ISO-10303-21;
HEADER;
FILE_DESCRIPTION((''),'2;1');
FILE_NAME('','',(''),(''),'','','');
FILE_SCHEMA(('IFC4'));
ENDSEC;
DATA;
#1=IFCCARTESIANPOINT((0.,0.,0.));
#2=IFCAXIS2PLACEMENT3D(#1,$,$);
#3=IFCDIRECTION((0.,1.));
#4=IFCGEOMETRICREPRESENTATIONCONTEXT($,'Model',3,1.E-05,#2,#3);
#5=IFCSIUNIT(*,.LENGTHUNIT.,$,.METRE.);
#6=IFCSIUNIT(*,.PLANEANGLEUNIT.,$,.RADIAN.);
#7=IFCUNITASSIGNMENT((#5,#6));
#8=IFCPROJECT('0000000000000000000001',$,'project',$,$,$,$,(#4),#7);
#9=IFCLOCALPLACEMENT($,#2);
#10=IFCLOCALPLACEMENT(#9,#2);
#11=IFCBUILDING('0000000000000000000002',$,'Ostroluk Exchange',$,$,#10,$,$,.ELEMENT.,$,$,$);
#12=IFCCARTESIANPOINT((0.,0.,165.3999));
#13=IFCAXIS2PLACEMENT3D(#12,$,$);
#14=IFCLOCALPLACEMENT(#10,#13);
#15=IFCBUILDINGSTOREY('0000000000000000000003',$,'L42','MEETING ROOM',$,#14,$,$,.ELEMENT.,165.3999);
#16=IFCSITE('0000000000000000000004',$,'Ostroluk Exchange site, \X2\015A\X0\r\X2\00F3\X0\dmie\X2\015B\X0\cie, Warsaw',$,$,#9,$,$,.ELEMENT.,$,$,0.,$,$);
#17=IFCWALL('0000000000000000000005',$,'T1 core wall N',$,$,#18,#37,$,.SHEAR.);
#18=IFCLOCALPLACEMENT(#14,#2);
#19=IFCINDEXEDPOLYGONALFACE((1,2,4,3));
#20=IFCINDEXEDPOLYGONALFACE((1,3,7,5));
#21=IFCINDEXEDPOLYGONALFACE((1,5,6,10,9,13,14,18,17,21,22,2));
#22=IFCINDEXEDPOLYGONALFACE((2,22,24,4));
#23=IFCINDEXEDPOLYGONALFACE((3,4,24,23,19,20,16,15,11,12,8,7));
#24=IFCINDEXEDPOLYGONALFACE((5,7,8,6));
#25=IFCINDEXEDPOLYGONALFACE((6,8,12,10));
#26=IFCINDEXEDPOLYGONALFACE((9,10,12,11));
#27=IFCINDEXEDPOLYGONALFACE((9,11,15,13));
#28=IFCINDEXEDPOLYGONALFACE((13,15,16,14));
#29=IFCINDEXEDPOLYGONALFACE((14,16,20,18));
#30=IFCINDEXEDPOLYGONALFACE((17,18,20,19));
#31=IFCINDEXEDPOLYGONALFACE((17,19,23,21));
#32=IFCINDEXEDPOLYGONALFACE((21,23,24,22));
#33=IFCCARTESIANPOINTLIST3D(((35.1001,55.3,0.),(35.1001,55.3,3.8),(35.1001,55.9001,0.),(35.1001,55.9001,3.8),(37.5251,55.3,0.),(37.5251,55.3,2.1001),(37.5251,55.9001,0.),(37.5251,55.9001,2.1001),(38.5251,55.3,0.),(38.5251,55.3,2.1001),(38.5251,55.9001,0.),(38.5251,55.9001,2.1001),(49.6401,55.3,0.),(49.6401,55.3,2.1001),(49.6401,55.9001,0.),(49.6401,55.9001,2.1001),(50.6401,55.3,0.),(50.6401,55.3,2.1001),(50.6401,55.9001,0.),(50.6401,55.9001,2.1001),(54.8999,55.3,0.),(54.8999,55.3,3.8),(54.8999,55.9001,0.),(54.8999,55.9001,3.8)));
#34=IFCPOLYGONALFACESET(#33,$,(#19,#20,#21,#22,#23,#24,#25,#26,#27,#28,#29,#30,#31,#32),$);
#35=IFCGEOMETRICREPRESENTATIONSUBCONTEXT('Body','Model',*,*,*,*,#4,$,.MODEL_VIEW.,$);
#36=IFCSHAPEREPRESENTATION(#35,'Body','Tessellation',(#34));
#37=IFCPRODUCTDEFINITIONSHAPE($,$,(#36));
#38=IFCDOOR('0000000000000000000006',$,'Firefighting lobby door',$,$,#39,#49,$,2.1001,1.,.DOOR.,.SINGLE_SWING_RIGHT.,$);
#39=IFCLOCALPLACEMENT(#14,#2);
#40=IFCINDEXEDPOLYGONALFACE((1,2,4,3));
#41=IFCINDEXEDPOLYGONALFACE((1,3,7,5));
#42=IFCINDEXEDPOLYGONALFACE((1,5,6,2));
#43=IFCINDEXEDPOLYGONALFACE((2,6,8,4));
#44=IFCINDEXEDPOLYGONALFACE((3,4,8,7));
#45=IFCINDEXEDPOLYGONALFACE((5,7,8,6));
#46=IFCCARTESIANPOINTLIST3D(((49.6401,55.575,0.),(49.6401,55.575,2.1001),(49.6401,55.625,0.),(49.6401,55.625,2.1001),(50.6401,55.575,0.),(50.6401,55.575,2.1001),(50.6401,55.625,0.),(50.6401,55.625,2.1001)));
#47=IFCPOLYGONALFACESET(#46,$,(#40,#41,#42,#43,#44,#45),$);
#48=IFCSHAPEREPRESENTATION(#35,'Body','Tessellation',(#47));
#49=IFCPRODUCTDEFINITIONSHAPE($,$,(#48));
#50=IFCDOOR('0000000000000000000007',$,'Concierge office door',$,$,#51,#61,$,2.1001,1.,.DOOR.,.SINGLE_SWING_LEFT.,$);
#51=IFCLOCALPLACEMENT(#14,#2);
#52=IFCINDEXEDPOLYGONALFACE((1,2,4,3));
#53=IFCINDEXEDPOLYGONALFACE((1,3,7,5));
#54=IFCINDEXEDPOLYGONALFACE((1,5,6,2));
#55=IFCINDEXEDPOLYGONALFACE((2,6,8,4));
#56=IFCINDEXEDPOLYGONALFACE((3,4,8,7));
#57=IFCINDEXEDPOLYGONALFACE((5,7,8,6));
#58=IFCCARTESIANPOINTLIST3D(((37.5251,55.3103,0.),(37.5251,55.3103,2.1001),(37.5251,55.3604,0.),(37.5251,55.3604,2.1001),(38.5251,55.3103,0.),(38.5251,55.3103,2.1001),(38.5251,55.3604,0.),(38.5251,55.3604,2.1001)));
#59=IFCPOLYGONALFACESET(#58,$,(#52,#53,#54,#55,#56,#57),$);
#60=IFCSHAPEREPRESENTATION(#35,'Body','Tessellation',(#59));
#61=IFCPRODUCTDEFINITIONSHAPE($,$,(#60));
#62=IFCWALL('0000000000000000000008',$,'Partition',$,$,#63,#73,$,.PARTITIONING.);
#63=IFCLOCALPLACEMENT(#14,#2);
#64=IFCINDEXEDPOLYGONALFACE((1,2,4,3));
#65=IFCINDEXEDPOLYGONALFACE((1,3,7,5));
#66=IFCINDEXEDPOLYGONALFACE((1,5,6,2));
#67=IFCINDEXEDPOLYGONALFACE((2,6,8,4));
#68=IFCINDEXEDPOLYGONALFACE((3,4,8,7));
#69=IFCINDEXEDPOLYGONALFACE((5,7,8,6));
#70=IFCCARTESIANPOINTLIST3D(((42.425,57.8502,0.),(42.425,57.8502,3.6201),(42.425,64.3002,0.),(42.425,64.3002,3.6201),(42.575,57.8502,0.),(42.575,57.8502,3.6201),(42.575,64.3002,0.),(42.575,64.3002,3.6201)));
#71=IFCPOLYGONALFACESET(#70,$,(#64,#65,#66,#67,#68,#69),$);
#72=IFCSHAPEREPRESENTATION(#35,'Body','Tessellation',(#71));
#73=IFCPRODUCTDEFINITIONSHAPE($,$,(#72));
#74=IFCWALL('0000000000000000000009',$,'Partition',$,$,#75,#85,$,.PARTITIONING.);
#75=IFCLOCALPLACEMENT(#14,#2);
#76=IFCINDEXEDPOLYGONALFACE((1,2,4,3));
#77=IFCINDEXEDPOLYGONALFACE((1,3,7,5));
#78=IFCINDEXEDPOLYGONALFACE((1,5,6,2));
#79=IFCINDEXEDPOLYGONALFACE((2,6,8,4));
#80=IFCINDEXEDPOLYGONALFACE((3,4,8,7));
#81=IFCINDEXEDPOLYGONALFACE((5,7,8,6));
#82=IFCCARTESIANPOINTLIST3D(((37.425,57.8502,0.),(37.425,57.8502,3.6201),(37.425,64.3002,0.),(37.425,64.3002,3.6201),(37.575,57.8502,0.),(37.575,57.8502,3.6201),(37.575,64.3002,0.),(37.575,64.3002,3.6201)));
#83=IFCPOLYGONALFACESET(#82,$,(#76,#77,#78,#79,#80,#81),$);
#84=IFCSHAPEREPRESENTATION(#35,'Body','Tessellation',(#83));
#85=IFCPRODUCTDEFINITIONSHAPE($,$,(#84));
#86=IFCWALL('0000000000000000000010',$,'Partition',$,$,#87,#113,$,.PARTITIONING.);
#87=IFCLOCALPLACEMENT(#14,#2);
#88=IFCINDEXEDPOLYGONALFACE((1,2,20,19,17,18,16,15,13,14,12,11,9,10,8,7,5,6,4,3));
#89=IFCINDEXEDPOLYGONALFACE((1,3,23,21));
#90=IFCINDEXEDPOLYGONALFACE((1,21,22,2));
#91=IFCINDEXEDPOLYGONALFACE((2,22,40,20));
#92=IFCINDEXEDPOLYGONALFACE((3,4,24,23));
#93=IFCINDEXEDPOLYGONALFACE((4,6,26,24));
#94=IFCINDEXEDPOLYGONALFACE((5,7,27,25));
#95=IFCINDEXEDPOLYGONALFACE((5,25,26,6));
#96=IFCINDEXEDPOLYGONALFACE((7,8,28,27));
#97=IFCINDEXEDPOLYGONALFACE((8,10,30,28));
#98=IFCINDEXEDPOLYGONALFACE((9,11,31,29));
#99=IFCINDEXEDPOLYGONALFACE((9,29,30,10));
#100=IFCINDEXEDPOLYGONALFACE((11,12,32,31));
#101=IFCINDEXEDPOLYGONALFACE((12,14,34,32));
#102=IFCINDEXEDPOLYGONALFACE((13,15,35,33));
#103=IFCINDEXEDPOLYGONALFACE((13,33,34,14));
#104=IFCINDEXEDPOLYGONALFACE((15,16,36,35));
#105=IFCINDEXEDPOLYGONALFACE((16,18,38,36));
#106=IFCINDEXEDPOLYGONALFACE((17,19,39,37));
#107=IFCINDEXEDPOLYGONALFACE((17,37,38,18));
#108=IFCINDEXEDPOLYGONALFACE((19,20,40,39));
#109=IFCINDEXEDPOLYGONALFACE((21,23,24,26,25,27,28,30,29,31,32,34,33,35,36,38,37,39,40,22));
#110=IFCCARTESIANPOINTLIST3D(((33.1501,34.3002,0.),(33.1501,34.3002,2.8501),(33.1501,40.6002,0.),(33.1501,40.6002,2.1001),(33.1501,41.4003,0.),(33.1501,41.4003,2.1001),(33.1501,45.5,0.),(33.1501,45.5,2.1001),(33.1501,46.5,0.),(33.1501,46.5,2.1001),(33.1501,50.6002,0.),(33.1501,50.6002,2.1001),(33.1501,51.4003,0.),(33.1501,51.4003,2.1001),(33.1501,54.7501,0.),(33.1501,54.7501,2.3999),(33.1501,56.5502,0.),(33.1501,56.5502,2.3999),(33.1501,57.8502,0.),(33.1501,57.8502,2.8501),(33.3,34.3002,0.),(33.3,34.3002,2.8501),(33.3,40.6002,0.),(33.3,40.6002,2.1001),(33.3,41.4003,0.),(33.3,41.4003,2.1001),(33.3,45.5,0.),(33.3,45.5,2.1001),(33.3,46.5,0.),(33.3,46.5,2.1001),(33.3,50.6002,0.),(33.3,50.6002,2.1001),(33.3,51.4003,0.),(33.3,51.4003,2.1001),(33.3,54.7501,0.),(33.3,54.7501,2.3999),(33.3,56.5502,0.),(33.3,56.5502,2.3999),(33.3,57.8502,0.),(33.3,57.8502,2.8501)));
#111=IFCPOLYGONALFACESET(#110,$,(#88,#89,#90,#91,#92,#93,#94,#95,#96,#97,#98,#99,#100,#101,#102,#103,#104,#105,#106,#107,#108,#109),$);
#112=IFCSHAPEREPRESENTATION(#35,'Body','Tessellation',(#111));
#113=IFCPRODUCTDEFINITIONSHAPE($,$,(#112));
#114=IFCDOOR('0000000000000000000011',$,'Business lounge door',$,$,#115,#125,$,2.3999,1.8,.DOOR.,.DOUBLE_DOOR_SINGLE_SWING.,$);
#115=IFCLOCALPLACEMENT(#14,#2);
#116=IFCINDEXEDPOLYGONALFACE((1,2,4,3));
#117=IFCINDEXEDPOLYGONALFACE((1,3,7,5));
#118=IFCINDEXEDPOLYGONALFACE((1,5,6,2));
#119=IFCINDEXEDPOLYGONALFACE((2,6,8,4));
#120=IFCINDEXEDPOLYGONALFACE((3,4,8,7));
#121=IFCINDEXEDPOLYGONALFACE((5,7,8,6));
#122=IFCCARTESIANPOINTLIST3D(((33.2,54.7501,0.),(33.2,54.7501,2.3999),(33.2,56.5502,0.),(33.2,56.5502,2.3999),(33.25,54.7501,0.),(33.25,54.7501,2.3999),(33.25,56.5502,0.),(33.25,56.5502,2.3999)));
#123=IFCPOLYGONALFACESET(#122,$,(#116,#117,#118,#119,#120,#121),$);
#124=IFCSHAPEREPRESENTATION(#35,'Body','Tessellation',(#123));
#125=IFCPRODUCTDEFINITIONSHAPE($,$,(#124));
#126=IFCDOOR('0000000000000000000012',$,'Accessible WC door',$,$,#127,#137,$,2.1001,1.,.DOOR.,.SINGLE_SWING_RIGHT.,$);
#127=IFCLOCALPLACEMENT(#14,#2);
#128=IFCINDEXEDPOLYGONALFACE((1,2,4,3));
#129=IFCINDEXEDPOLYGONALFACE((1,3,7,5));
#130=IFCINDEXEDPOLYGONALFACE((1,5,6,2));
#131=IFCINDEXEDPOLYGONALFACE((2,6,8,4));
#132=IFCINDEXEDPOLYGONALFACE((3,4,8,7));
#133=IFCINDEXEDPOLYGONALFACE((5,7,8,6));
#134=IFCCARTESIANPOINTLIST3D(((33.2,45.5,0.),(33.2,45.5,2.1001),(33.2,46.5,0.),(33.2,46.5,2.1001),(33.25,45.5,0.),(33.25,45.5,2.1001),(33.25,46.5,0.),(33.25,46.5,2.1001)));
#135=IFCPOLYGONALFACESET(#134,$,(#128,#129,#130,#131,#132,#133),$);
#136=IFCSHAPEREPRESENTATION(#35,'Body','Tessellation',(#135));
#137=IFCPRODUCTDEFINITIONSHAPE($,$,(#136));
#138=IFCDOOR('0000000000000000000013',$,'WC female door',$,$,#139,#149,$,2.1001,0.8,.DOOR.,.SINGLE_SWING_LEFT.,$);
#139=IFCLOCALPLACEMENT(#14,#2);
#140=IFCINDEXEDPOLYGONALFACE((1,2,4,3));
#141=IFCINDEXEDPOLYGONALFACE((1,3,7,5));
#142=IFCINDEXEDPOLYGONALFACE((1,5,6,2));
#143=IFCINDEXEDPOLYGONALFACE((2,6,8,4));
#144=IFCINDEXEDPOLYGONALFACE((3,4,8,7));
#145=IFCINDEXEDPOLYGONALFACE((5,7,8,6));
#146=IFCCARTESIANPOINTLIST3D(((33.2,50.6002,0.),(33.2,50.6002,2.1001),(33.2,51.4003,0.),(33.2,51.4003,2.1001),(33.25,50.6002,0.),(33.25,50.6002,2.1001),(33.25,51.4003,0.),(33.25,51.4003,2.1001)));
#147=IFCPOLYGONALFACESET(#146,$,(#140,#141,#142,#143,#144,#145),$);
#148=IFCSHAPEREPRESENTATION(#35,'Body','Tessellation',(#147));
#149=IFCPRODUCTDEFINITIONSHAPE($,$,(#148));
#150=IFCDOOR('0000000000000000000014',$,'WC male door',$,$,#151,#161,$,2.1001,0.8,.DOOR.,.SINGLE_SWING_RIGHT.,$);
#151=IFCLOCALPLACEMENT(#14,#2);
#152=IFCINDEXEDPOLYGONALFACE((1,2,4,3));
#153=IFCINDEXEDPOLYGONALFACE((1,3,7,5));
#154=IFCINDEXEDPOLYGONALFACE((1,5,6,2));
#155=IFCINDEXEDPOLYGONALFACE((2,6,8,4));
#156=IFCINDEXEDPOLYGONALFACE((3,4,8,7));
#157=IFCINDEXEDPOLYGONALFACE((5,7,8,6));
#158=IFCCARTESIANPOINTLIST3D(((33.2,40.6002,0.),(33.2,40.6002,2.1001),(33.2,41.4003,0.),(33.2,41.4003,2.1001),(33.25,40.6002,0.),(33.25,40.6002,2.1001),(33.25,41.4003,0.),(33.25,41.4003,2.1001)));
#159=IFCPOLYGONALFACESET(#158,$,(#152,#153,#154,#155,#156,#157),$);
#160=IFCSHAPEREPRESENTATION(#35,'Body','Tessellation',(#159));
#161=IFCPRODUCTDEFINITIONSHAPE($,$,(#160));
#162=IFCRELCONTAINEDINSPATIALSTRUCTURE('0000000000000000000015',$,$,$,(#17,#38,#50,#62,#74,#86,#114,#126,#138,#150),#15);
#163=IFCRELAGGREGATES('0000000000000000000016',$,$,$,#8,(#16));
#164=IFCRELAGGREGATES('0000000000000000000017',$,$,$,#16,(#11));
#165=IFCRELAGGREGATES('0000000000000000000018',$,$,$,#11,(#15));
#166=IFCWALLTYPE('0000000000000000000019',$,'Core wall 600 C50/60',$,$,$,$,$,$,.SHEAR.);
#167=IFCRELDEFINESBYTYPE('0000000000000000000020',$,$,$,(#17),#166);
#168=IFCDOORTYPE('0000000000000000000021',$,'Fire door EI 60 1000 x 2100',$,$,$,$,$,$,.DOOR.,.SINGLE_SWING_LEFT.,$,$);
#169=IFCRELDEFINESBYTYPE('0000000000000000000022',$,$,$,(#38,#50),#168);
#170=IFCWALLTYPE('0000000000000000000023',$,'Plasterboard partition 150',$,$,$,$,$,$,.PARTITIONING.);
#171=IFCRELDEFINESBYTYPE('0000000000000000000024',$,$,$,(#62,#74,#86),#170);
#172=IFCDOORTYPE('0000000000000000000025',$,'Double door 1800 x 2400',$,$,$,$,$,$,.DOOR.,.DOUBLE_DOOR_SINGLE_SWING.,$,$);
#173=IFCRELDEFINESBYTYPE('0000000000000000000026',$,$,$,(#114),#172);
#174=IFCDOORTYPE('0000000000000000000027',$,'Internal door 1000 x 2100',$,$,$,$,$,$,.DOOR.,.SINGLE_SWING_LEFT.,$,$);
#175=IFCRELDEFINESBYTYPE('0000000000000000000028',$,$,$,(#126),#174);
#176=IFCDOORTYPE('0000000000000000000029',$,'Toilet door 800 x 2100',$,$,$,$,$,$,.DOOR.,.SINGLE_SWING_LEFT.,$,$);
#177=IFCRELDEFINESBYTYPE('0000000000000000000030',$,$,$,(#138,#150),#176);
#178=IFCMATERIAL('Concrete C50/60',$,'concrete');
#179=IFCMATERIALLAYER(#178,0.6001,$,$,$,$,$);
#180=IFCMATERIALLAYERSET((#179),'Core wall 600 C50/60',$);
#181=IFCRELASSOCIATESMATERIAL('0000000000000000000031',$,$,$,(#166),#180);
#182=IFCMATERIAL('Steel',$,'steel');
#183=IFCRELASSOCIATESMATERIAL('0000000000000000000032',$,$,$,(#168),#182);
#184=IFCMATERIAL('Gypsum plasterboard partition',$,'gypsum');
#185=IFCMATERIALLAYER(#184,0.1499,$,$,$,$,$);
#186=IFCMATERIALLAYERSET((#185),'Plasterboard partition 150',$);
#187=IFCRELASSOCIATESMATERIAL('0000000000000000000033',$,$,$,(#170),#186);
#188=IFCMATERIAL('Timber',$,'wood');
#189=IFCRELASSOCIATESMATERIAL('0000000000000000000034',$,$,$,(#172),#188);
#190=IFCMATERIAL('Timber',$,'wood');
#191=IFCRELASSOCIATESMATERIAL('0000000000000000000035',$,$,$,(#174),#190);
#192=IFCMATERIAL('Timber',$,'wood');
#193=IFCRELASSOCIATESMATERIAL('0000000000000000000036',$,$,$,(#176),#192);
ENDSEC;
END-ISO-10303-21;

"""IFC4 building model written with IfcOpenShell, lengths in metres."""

from ifc_helpers import new_model, si_unit, direction, frame, frame_2d, origin, place, context, subcontext, project, spatial, rectangle, extrude, material, layer, layer_set, type_object, element, fill, save


model = new_model("IFC4")

# Units and contexts
model_context = context("Model", 3, precision=1e-05, world=origin(), true_north=direction((0.0, 1.0)))
body_context = subcontext(model_context, "Body", "Model", "MODEL_VIEW")
ifc_project = project(units=[si_unit("LENGTHUNIT", "METRE"), si_unit("PLANEANGLEUNIT", "RADIAN")], contexts=[model_context])

# Site, building, storey
site_placement = place(None, origin())
site = spatial("IfcSite", under=ifc_project, at=site_placement, Name="Ostroluk Exchange site, Śródmieście, Warsaw", CompositionType="ELEMENT", RefElevation=0.0)
building_placement = place(site_placement, origin())
building = spatial("IfcBuilding", under=site, at=building_placement, Name="Ostroluk Exchange", CompositionType="ELEMENT")
storey_placement = place(building_placement, frame((0.0, 0.0, 165.3999)))
storey = spatial("IfcBuildingStorey", under=building, at=storey_placement, Name="L42", Description="MEETING ROOM", CompositionType="ELEMENT", Elevation=165.3999)

# Wall, openings, doors
ifc_material_1 = material(Name="Concrete C50/60", Category="concrete")
ifc_layer_1 = layer(ifc_material_1, 0.6001)
ifc_layer_set_1 = layer_set([ifc_layer_1], Name="Core wall 600 C50/60")
wall_type_1 = type_object("IfcWallType", Name="Core wall 600 C50/60", PredefinedType="SHEAR", material=ifc_layer_set_1)
wall_1_placement = place(storey_placement, frame((35.1001, 55.6001, 0.0), z_axis=(0.0, 0.0, 1.0), x_axis=(1.0, 0.0, 0.0)))
wall_1 = element("IfcWall", 1, at=wall_1_placement, inside=storey, type_object=wall_type_1, Name="T1 core wall N", PredefinedType="SHEAR", context=body_context, shape_type="SweptSolid", body=[
    extrude(rectangle(XDim=19.7998, YDim=0.6001, at=frame_2d((9.8999, 0.0))), origin(), (0.0, 0.0, 1.0), 3.8),
])
opening_1_placement = place(wall_1_placement, frame((14.54, 0.0, 0.0)))
opening_1 = element("IfcOpeningElement", 2, at=opening_1_placement, cuts=wall_1, PredefinedType="OPENING", context=body_context, shape_type="SweptSolid", body=[
    extrude(rectangle(XDim=1.0, YDim=2.1001, at=frame_2d((0.5, 1.05))), frame((0.0, 0.3101, 0.0), z_axis=(0.0, -1.0, 0.0), x_axis=(1.0, 0.0, 0.0)), (0.0, 0.0, 1.0), 0.6201),
])
opening_2_placement = place(wall_1_placement, frame((2.425, 0.0, 0.0)))
opening_2 = element("IfcOpeningElement", 3, at=opening_2_placement, cuts=wall_1, PredefinedType="OPENING", context=body_context, shape_type="SweptSolid", body=[
    extrude(rectangle(XDim=1.0, YDim=2.1001, at=frame_2d((0.5, 1.05))), frame((0.0, 0.3101, 0.0), z_axis=(0.0, -1.0, 0.0), x_axis=(1.0, 0.0, 0.0)), (0.0, 0.0, 1.0), 0.6201),
])
ifc_material_2 = material(Name="Steel", Category="steel")
door_type_1 = type_object("IfcDoorType", Name="Fire door EI 60 1000 x 2100", OperationType="SINGLE_SWING_LEFT", PredefinedType="DOOR", material=ifc_material_2)
door_1_placement = place(opening_1_placement, origin())
door_1 = element("IfcDoor", 4, at=door_1_placement, inside=storey, type_object=door_type_1, Name="Firefighting lobby door", OperationType="SINGLE_SWING_RIGHT", OverallHeight=2.1001, OverallWidth=1.0, PredefinedType="DOOR", context=body_context, shape_type="SweptSolid", body=[
    extrude(rectangle(XDim=1.0, YDim=2.1001, at=frame_2d((0.5, 1.05))), frame((0.0, 0.0249, 0.0), z_axis=(0.0, -1.0, 0.0), x_axis=(1.0, 0.0, 0.0)), (0.0, 0.0, 1.0), 0.05),
])
fill(opening_1, door_1)
door_2_placement = place(opening_2_placement, origin())
door_2 = element("IfcDoor", 5, at=door_2_placement, inside=storey, type_object=door_type_1, Name="Concierge office door", OperationType="SINGLE_SWING_LEFT", OverallHeight=2.1001, OverallWidth=1.0, PredefinedType="DOOR", context=body_context, shape_type="SweptSolid", body=[
    extrude(rectangle(XDim=1.0, YDim=2.1001, at=frame_2d((0.5, 1.05))), frame((0.0, -0.2397, 0.0), z_axis=(0.0, -1.0, 0.0), x_axis=(1.0, 0.0, 0.0)), (0.0, 0.0, 1.0), 0.05),
])
fill(opening_2, door_2)

# Walls
ifc_material_3 = material(Name="Gypsum plasterboard partition", Category="gypsum")
ifc_layer_2 = layer(ifc_material_3, 0.1499)
ifc_layer_set_2 = layer_set([ifc_layer_2], Name="Plasterboard partition 150")
wall_type_2 = type_object("IfcWallType", Name="Plasterboard partition 150", PredefinedType="PARTITIONING", material=ifc_layer_set_2)
for number, where, z_axis, x_axis, name in (
    (6, (42.5, 57.8501, 0.0), (0.0, 0.0, 1.0), (0.0, 1.0, 0.0), "Partition"),
    (7, (37.5, 57.8501, 0.0), (0.0, 0.0, 1.0), (0.0, 1.0, 0.0), "Partition"),
):
    element("IfcWall", number, at=place(storey_placement, frame(where, z_axis=z_axis, x_axis=x_axis)), inside=storey, type_object=wall_type_2, Name=name, PredefinedType="PARTITIONING", context=body_context, shape_type="SweptSolid", body=[
        extrude(rectangle(XDim=6.45, YDim=0.1499, at=frame_2d((3.2251, 0.0))), origin(), (0.0, 0.0, 1.0), 3.6201),
    ])

# Wall, openings, doors
wall_2_placement = place(storey_placement, frame((33.2251, 57.8501, 0.0), z_axis=(0.0, 0.0, 1.0), x_axis=(0.0, -1.0, 0.0)))
wall_2 = element("IfcWall", 8, at=wall_2_placement, inside=storey, type_object=wall_type_2, Name="Partition", PredefinedType="PARTITIONING", context=body_context, shape_type="SweptSolid", body=[
    extrude(rectangle(XDim=23.55, YDim=0.1499, at=frame_2d((11.7749, 0.0))), origin(), (0.0, 0.0, 1.0), 2.8501),
])
opening_3_placement = place(wall_2_placement, frame((6.45, 0.0, 0.0)))
opening_3 = element("IfcOpeningElement", 9, at=opening_3_placement, cuts=wall_2, PredefinedType="OPENING", context=body_context, shape_type="SweptSolid", body=[
    extrude(rectangle(XDim=0.8, YDim=2.1001, at=frame_2d((0.3999, 1.05))), frame((0.0, 0.085, 0.0), z_axis=(0.0, -1.0, 0.0), x_axis=(1.0, 0.0, 0.0)), (0.0, 0.0, 1.0), 0.1699),
])
opening_4_placement = place(wall_2_placement, frame((11.3501, 0.0, 0.0)))
opening_4 = element("IfcOpeningElement", 10, at=opening_4_placement, cuts=wall_2, PredefinedType="OPENING", context=body_context, shape_type="SweptSolid", body=[
    extrude(rectangle(XDim=1.0, YDim=2.1001, at=frame_2d((0.5, 1.05))), frame((0.0, 0.085, 0.0), z_axis=(0.0, -1.0, 0.0), x_axis=(1.0, 0.0, 0.0)), (0.0, 0.0, 1.0), 0.1699),
])
opening_5_placement = place(wall_2_placement, frame((16.45, 0.0, 0.0)))
opening_5 = element("IfcOpeningElement", 11, at=opening_5_placement, cuts=wall_2, PredefinedType="OPENING", context=body_context, shape_type="SweptSolid", body=[
    extrude(rectangle(XDim=0.8, YDim=2.1001, at=frame_2d((0.3999, 1.05))), frame((0.0, 0.085, 0.0), z_axis=(0.0, -1.0, 0.0), x_axis=(1.0, 0.0, 0.0)), (0.0, 0.0, 1.0), 0.1699),
])
opening_6_placement = place(wall_2_placement, frame((1.3, 0.0, 0.0)))
opening_6 = element("IfcOpeningElement", 12, at=opening_6_placement, cuts=wall_2, PredefinedType="OPENING", context=body_context, shape_type="SweptSolid", body=[
    extrude(rectangle(XDim=1.8, YDim=2.3999, at=frame_2d((0.8999, 1.2))), frame((0.0, 0.085, 0.0), z_axis=(0.0, -1.0, 0.0), x_axis=(1.0, 0.0, 0.0)), (0.0, 0.0, 1.0), 0.1699),
])
ifc_material_4 = material(Name="Timber", Category="wood")
door_type_2 = type_object("IfcDoorType", Name="Double door 1800 x 2400", OperationType="DOUBLE_DOOR_SINGLE_SWING", PredefinedType="DOOR", material=ifc_material_4)
door_3_placement = place(opening_6_placement, origin())
door_3 = element("IfcDoor", 13, at=door_3_placement, inside=storey, type_object=door_type_2, Name="Business lounge door", OperationType="DOUBLE_DOOR_SINGLE_SWING", OverallHeight=2.3999, OverallWidth=1.8, PredefinedType="DOOR", context=body_context, shape_type="SweptSolid", body=[
    extrude(rectangle(XDim=1.8, YDim=2.3999, at=frame_2d((0.8999, 1.2))), frame((0.0, 0.0249, 0.0), z_axis=(0.0, -1.0, 0.0), x_axis=(1.0, 0.0, 0.0)), (0.0, 0.0, 1.0), 0.05),
])
fill(opening_6, door_3)
ifc_material_5 = material(Name="Timber", Category="wood")
door_type_3 = type_object("IfcDoorType", Name="Internal door 1000 x 2100", OperationType="SINGLE_SWING_LEFT", PredefinedType="DOOR", material=ifc_material_5)
door_4_placement = place(opening_4_placement, origin())
door_4 = element("IfcDoor", 14, at=door_4_placement, inside=storey, type_object=door_type_3, Name="Accessible WC door", OperationType="SINGLE_SWING_RIGHT", OverallHeight=2.1001, OverallWidth=1.0, PredefinedType="DOOR", context=body_context, shape_type="SweptSolid", body=[
    extrude(rectangle(XDim=1.0, YDim=2.1001, at=frame_2d((0.5, 1.05))), frame((0.0, 0.0249, 0.0), z_axis=(0.0, -1.0, 0.0), x_axis=(1.0, 0.0, 0.0)), (0.0, 0.0, 1.0), 0.05),
])
fill(opening_4, door_4)
ifc_material_6 = material(Name="Timber", Category="wood")
door_type_4 = type_object("IfcDoorType", Name="Toilet door 800 x 2100", OperationType="SINGLE_SWING_LEFT", PredefinedType="DOOR", material=ifc_material_6)
door_5_placement = place(opening_3_placement, origin())
door_5 = element("IfcDoor", 15, at=door_5_placement, inside=storey, type_object=door_type_4, Name="WC female door", OperationType="SINGLE_SWING_LEFT", OverallHeight=2.1001, OverallWidth=0.8, PredefinedType="DOOR", context=body_context, shape_type="SweptSolid", body=[
    extrude(rectangle(XDim=0.8, YDim=2.1001, at=frame_2d((0.3999, 1.05))), frame((0.0, 0.0249, 0.0), z_axis=(0.0, -1.0, 0.0), x_axis=(1.0, 0.0, 0.0)), (0.0, 0.0, 1.0), 0.05),
])
fill(opening_3, door_5)
door_6_placement = place(opening_5_placement, origin())
door_6 = element("IfcDoor", 16, at=door_6_placement, inside=storey, type_object=door_type_4, Name="WC male door", OperationType="SINGLE_SWING_RIGHT", OverallHeight=2.1001, OverallWidth=0.8, PredefinedType="DOOR", context=body_context, shape_type="SweptSolid", body=[
    extrude(rectangle(XDim=0.8, YDim=2.1001, at=frame_2d((0.3999, 1.05))), frame((0.0, 0.0249, 0.0), z_axis=(0.0, -1.0, 0.0), x_axis=(1.0, 0.0, 0.0)), (0.0, 0.0, 1.0), 0.05),
])
fill(opening_5, door_6)

save(model, "model.ifc")
